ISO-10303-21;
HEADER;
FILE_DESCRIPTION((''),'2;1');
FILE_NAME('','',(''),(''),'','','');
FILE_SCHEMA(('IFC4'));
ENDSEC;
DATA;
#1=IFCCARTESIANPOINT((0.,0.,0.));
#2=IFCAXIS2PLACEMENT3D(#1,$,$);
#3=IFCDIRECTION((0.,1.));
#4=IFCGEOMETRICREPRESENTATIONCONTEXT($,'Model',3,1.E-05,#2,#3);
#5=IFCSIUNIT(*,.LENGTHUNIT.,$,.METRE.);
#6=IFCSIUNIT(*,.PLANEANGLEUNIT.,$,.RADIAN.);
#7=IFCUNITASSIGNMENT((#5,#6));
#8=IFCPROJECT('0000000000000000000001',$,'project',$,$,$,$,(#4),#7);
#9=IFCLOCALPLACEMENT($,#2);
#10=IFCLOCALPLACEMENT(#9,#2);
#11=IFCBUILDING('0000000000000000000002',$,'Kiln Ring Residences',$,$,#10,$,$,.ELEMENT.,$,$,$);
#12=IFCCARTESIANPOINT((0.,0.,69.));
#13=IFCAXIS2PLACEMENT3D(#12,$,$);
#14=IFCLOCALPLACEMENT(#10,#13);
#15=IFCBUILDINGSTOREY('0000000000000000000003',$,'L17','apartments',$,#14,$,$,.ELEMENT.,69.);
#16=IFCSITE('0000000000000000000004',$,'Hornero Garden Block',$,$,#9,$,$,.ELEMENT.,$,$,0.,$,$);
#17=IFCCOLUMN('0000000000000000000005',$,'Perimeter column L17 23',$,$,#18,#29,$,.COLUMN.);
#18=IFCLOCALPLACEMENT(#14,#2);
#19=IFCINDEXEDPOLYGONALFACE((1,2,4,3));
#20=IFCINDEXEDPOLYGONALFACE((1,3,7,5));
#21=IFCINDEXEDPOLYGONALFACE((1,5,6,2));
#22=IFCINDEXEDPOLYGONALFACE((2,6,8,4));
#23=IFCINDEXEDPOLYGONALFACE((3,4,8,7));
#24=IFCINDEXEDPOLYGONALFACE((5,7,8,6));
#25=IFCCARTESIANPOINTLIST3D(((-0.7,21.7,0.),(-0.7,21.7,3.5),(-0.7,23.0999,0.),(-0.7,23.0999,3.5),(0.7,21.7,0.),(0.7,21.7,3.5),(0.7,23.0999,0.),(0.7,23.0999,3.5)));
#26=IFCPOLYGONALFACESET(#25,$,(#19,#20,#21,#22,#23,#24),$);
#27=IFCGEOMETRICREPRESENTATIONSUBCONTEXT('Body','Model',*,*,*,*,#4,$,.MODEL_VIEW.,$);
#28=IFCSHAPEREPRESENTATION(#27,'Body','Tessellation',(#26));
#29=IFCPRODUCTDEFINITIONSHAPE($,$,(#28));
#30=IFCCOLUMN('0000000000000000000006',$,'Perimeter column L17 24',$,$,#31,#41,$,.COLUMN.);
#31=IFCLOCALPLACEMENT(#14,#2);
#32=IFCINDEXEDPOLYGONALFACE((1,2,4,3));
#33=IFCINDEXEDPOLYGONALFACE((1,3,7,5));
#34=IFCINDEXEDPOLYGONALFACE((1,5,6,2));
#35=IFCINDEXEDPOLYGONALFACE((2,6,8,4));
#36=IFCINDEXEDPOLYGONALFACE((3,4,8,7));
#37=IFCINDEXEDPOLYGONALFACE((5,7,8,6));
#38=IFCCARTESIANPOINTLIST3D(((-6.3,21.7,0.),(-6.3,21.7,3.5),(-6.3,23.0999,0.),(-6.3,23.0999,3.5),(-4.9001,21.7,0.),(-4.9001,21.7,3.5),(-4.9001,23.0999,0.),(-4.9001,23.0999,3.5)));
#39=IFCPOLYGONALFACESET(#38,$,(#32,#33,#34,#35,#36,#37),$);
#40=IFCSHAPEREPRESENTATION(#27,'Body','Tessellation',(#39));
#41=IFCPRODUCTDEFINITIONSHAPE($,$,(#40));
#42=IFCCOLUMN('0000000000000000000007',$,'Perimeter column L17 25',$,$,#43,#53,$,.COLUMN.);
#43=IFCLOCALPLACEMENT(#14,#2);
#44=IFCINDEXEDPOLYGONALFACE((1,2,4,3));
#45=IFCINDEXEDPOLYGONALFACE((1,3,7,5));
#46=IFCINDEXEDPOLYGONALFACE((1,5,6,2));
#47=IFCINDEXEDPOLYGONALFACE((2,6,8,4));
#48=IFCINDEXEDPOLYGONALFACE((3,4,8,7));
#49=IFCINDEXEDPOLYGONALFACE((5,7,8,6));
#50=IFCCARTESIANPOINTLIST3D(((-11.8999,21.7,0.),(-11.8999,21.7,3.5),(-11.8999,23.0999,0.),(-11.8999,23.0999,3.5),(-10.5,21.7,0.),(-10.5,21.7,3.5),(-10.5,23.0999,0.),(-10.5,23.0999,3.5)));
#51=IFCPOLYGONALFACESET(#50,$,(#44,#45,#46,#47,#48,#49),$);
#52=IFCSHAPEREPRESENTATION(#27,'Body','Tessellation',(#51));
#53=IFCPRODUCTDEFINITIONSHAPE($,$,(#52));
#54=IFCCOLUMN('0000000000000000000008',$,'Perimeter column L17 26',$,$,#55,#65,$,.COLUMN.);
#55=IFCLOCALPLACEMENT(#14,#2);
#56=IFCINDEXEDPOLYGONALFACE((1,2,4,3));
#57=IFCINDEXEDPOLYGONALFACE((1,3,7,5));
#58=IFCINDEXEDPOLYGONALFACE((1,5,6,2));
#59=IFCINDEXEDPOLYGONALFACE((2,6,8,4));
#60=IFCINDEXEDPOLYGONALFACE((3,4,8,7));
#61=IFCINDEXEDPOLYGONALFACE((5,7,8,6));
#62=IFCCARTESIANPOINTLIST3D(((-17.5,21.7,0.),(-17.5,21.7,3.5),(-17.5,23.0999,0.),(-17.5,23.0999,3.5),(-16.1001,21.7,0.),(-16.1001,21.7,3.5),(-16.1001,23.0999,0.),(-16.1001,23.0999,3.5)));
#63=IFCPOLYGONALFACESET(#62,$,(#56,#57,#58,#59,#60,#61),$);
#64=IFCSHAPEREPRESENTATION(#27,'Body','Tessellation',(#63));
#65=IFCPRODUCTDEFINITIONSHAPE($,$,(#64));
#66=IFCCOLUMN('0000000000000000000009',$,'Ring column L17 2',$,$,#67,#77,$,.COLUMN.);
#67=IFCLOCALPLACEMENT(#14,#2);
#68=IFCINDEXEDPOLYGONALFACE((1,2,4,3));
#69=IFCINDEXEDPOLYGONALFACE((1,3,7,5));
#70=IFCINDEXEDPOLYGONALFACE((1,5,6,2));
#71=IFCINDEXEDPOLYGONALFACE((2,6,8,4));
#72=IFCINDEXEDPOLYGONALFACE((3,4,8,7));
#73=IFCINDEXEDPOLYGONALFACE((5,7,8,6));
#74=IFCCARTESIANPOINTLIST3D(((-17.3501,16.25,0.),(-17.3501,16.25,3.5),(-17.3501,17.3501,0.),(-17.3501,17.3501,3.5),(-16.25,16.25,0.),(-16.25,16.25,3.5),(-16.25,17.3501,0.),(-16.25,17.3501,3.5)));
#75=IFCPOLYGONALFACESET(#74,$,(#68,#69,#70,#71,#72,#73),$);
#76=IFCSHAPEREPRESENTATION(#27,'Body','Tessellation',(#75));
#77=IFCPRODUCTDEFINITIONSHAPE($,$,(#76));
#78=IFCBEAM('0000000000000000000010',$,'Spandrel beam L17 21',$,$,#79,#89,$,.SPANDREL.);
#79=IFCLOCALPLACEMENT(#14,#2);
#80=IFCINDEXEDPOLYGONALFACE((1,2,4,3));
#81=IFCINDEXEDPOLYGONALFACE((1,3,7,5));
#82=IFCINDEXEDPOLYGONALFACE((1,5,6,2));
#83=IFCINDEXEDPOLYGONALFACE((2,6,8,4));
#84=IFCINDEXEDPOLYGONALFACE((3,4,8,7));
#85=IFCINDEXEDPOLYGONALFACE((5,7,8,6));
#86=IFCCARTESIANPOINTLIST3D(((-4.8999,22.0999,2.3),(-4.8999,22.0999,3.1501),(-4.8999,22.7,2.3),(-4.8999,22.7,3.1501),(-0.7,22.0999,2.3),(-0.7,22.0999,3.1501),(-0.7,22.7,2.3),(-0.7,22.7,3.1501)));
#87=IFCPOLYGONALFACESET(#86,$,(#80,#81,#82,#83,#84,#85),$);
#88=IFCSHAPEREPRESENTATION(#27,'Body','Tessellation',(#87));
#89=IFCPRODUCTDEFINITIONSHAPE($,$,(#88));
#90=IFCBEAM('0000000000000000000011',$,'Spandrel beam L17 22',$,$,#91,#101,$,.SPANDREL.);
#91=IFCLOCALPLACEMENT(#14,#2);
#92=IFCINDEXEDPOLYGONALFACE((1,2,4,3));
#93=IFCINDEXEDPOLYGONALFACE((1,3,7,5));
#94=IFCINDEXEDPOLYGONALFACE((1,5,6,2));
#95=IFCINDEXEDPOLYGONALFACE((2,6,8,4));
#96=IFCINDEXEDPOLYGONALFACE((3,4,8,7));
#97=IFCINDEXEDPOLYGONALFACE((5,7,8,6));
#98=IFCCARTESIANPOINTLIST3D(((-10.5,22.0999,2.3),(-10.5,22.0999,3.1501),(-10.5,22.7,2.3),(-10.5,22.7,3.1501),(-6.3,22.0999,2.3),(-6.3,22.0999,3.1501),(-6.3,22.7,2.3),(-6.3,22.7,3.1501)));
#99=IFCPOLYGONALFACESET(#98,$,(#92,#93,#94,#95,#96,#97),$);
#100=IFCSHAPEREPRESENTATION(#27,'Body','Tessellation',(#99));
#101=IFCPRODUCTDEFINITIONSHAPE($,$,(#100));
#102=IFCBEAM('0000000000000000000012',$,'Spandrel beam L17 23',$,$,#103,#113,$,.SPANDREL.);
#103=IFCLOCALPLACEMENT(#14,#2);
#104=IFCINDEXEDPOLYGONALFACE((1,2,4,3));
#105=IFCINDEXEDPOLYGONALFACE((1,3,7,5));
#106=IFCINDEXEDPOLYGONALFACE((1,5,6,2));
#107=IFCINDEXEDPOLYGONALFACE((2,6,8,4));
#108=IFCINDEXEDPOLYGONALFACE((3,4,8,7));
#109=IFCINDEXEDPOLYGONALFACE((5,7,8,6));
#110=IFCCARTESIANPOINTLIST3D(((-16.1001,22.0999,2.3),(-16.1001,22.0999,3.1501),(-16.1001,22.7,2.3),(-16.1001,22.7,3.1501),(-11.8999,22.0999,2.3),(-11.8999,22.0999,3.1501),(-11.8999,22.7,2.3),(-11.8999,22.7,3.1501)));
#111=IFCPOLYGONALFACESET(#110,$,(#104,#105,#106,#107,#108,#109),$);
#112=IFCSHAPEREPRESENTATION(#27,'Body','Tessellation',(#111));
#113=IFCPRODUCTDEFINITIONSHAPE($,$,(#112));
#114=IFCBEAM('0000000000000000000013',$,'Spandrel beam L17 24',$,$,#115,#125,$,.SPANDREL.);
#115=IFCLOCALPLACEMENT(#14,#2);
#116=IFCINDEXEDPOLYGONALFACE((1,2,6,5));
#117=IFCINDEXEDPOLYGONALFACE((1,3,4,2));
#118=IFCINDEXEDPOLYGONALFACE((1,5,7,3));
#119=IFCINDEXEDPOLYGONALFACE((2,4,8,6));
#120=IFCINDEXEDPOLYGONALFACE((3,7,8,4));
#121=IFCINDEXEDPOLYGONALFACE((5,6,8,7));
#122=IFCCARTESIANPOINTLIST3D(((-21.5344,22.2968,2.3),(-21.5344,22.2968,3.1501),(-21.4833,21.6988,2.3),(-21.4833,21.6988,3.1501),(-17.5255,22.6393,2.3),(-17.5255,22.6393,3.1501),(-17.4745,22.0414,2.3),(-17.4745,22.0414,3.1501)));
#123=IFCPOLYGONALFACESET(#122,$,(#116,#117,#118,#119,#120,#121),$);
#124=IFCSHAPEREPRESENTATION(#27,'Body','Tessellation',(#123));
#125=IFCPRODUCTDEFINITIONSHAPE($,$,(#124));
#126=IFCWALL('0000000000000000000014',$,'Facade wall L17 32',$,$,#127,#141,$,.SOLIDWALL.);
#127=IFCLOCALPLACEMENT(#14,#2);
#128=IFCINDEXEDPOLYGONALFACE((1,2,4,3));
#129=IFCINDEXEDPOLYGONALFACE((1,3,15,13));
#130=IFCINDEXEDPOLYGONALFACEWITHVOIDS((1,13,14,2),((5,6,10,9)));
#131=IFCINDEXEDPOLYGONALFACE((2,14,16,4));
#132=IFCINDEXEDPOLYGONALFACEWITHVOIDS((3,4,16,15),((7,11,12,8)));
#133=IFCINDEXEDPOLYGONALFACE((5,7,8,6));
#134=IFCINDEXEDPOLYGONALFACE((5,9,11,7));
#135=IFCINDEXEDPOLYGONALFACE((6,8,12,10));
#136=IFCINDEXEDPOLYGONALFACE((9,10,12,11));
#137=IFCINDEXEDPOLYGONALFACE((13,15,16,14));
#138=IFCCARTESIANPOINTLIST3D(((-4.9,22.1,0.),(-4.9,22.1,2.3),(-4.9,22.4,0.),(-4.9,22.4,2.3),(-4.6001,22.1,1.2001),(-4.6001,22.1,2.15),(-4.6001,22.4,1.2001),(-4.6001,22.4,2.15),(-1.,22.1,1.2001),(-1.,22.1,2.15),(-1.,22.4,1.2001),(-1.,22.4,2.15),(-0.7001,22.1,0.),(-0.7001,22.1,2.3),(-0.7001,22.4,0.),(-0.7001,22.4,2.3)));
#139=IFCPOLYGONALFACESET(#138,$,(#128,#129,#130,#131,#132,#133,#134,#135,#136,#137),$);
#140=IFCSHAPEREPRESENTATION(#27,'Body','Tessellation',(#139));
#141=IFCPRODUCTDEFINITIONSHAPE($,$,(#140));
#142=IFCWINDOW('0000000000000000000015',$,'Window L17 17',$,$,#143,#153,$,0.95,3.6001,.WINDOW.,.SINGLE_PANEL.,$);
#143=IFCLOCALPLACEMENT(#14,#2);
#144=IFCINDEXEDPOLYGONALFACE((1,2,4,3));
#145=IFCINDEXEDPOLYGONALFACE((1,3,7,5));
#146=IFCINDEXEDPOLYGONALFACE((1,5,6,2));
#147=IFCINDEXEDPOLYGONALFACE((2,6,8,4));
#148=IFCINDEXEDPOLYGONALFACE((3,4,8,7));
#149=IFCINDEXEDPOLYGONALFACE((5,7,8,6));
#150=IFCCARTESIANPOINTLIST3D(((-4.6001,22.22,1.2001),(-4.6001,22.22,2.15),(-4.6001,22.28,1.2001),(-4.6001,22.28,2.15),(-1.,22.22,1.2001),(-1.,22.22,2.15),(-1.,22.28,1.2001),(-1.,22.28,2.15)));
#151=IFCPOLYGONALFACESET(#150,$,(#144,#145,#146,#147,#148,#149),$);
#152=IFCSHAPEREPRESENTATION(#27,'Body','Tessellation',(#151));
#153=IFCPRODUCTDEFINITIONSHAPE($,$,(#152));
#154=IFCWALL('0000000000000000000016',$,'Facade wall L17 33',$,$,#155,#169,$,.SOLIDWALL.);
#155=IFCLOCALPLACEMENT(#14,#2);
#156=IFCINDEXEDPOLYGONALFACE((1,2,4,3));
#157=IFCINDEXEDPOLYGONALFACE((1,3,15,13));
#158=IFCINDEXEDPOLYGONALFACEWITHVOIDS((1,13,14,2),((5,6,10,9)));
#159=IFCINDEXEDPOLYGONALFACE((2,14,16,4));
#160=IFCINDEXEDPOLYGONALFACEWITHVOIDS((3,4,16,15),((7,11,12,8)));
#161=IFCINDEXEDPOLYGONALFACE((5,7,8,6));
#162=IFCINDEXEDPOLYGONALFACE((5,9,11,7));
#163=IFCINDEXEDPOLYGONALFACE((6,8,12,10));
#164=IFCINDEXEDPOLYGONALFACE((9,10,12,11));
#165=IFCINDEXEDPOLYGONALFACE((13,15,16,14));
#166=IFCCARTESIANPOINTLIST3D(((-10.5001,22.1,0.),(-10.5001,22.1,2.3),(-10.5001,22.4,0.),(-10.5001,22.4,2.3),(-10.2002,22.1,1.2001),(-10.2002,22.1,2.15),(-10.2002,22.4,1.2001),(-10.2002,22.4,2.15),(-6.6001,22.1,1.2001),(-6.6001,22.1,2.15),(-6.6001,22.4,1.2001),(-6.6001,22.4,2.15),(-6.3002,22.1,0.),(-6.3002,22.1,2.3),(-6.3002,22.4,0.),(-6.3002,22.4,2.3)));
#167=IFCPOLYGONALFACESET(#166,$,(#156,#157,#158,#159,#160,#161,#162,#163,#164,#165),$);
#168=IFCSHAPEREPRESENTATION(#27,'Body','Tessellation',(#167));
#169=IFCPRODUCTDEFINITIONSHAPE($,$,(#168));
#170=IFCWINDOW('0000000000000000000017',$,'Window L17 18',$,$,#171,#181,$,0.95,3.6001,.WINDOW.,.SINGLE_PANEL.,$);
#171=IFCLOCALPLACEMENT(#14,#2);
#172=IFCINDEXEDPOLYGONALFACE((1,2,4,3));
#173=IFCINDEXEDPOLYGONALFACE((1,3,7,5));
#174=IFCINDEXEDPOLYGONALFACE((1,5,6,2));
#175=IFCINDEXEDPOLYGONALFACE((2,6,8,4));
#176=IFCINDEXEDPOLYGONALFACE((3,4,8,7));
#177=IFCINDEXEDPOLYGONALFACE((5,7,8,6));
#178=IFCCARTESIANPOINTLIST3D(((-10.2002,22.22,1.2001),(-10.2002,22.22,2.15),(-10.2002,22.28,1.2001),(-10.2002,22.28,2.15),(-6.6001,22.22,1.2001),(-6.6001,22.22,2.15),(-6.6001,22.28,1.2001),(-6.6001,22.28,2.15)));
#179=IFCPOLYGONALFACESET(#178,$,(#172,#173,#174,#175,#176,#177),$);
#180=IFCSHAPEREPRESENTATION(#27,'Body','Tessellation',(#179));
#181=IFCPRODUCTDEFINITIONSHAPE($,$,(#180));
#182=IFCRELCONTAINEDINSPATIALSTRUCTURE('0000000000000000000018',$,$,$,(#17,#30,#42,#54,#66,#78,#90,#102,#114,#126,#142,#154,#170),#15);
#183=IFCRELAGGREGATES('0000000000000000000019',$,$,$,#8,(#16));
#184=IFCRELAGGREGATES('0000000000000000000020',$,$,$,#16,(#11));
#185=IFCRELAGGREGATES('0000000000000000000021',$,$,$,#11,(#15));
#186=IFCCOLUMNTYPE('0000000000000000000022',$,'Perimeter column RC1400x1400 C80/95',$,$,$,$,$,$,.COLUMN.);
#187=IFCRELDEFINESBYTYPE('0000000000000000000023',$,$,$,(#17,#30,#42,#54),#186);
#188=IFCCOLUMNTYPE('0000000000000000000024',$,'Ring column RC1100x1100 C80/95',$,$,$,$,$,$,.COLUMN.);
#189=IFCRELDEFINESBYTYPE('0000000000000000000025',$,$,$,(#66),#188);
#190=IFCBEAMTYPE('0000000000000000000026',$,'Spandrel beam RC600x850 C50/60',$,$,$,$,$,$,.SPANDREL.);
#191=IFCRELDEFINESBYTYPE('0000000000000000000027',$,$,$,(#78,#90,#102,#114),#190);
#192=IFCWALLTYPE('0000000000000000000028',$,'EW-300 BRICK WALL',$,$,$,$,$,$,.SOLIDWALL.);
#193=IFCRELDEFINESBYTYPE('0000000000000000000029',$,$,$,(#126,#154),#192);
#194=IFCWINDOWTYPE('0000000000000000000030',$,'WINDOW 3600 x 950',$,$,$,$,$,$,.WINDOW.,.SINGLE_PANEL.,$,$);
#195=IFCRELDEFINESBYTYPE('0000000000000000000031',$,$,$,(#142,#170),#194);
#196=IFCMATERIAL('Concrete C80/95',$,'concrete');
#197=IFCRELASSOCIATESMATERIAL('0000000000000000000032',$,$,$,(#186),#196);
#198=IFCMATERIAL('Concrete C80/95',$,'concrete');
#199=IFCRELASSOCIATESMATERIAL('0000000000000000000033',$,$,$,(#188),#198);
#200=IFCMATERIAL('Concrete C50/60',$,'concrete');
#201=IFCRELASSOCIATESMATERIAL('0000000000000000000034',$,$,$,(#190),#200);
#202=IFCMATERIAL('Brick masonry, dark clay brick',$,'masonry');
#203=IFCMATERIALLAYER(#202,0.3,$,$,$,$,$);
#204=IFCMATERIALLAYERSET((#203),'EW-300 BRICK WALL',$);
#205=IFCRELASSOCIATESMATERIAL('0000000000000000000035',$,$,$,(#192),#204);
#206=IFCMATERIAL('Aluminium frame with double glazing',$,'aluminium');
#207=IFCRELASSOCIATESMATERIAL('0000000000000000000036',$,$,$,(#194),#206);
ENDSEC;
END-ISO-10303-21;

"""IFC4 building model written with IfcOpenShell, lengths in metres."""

from ifc_helpers import new_model, si_unit, direction, frame, frame_2d, origin, origin_2d, place, context, subcontext, project, spatial, rectangle, extrude, material, layer, layer_set, material_profile, profile_set, type_object, element, fill, save


model = new_model("IFC4")

# Units and contexts
model_context = context("Model", 3, precision=1e-05, world=origin(), true_north=direction((0.0, 1.0)))
body_context = subcontext(model_context, "Body", "Model", "MODEL_VIEW")
ifc_project = project(units=[si_unit("LENGTHUNIT", "METRE"), si_unit("PLANEANGLEUNIT", "RADIAN")], contexts=[model_context])

# Site, building, storey
site_placement = place(None, origin())
site = spatial("IfcSite", under=ifc_project, at=site_placement, Name="Hornero Garden Block", CompositionType="ELEMENT", RefElevation=0.0)
building_placement = place(site_placement, origin())
building = spatial("IfcBuilding", under=site, at=building_placement, Name="Kiln Ring Residences", CompositionType="ELEMENT")
storey_placement = place(building_placement, frame((0.0, 0.0, 69.0)))
storey = spatial("IfcBuildingStorey", under=building, at=storey_placement, Name="L17", Description="apartments", CompositionType="ELEMENT", Elevation=69.0)

# Columns
ifc_material_1 = material(Name="Concrete C80/95", Category="concrete")
ifc_material_profile_1 = material_profile(ifc_material_1, rectangle(XDim=1.3999, YDim=1.3999, at=origin_2d()), Name="RC1400x1400")
ifc_profile_set_1 = profile_set([ifc_material_profile_1], Name="Concrete C80/95")
column_type_1 = type_object("IfcColumnType", Name="Perimeter column RC1400x1400 C80/95", PredefinedType="COLUMN", material=ifc_profile_set_1)
for number, where, z_axis, x_axis, name in (
    (1, (0.0, 22.3999, 0.0), (0.0, 0.0, 1.0), (1.0, 0.0, 0.0), "Perimeter column L17 23"),
    (2, (-5.6001, 22.3999, 0.0), (0.0, 0.0, 1.0), (1.0, 0.0, 0.0), "Perimeter column L17 24"),
    (3, (-11.2, 22.3999, 0.0), (0.0, 0.0, 1.0), (1.0, 0.0, 0.0), "Perimeter column L17 25"),
    (4, (-16.8, 22.3999, 0.0), (0.0, 0.0, 1.0), (1.0, 0.0, 0.0), "Perimeter column L17 26"),
):
    element("IfcColumn", number, at=place(storey_placement, frame(where, z_axis=z_axis, x_axis=x_axis)), inside=storey, type_object=column_type_1, Name=name, PredefinedType="COLUMN", context=body_context, shape_type="SweptSolid", body=[
        extrude(rectangle(XDim=1.3999, YDim=1.3999, at=origin_2d()), origin(), (0.0, 0.0, 1.0), 3.5),
    ])
ifc_material_2 = material(Name="Concrete C80/95", Category="concrete")
ifc_material_profile_2 = material_profile(ifc_material_2, rectangle(XDim=1.1001, YDim=1.1001, at=origin_2d()), Name="RC1100x1100")
ifc_profile_set_2 = profile_set([ifc_material_profile_2], Name="Concrete C80/95")
column_type_2 = type_object("IfcColumnType", Name="Ring column RC1100x1100 C80/95", PredefinedType="COLUMN", material=ifc_profile_set_2)
column_placement = place(storey_placement, frame((-16.8, 16.8, 0.0), z_axis=(0.0, 0.0, 1.0), x_axis=(1.0, 0.0, 0.0)))
element("IfcColumn", 5, at=column_placement, inside=storey, type_object=column_type_2, Name="Ring column L17 2", PredefinedType="COLUMN", context=body_context, shape_type="SweptSolid", body=[
    extrude(rectangle(XDim=1.1001, YDim=1.1001, at=origin_2d()), origin(), (0.0, 0.0, 1.0), 3.5),
])

# Beams
ifc_material_3 = material(Name="Concrete C50/60", Category="concrete")
ifc_material_profile_3 = material_profile(ifc_material_3, rectangle(XDim=0.6001, YDim=0.8501, at=origin_2d()), Name="RC600x850")
ifc_profile_set_3 = profile_set([ifc_material_profile_3], Name="Concrete C50/60")
beam_type = type_object("IfcBeamType", Name="Spandrel beam RC600x850 C50/60", PredefinedType="SPANDREL", material=ifc_profile_set_3)
for number, where, z_axis, x_axis, name in (
    (6, (-0.7, 22.3999, 2.7251), (-1.0, 0.0, 0.0), (0.0, -1.0, 0.0), "Spandrel beam L17 21"),
    (7, (-6.3, 22.3999, 2.7251), (-1.0, 0.0, 0.0), (0.0, -1.0, 0.0), "Spandrel beam L17 22"),
):
    element("IfcBeam", number, at=place(storey_placement, frame(where, z_axis=z_axis, x_axis=x_axis)), inside=storey, type_object=beam_type, Name=name, PredefinedType="SPANDREL", context=body_context, shape_type="SweptSolid", body=[
        extrude(rectangle(XDim=0.6001, YDim=0.8501, at=origin_2d()), origin(), (0.0, 0.0, 1.0), 4.2),
    ])
beam_1_placement = place(storey_placement, frame((-11.8999, 22.3999, 2.7251), z_axis=(-1.0, 0.0, 0.0), x_axis=(0.0, -1.0, 0.0)))
element("IfcBeam", 8, at=beam_1_placement, inside=storey, type_object=beam_type, Name="Spandrel beam L17 23", PredefinedType="SPANDREL", context=body_context, shape_type="SweptSolid", body=[
    extrude(rectangle(XDim=0.6001, YDim=0.8501, at=origin_2d()), origin(), (0.0, 0.0, 1.0), 4.2002),
])
beam_2_placement = place(storey_placement, frame((-17.5, 22.3403, 2.7251), z_axis=(-0.996369, -0.085134, 0.0), x_axis=(0.085134, -0.996369, 0.0)))
element("IfcBeam", 9, at=beam_2_placement, inside=storey, type_object=beam_type, Name="Spandrel beam L17 24", PredefinedType="SPANDREL", context=body_context, shape_type="SweptSolid", body=[
    extrude(rectangle(XDim=0.6001, YDim=0.8501, at=origin_2d()), origin(), (0.0, 0.0, 1.0), 4.0234),
])

# Walls, openings, windows
ifc_material_4 = material(Name="Brick masonry, dark clay brick", Category="masonry")
ifc_layer_1 = layer(ifc_material_4, 0.3)
ifc_layer_set_1 = layer_set([ifc_layer_1], Name="EW-300 BRICK WALL")
wall_type_1 = type_object("IfcWallType", Name="EW-300 BRICK WALL", PredefinedType="SOLIDWALL", material=ifc_layer_set_1)
wall_1_placement = place(storey_placement, frame((-0.7, 22.25, 0.0), z_axis=(0.0, 0.0, 1.0), x_axis=(-1.0, 0.0, 0.0)))
wall_1 = element("IfcWall", 10, at=wall_1_placement, inside=storey, type_object=wall_type_1, Name="Facade wall L17 32", PredefinedType="SOLIDWALL", context=body_context, shape_type="SweptSolid", body=[
    extrude(rectangle(XDim=4.2, YDim=0.3, at=frame_2d((2.1001, 0.0))), origin(), (0.0, 0.0, 1.0), 2.3),
])
opening_1_placement = place(wall_1_placement, frame((0.3, 0.0, 1.2)))
opening_1 = element("IfcOpeningElement", 11, at=opening_1_placement, cuts=wall_1, PredefinedType="OPENING", context=body_context, shape_type="SweptSolid", body=[
    extrude(rectangle(XDim=3.6001, YDim=0.95, at=frame_2d((1.8, 0.4751))), frame((0.0, 0.1599, 0.0), z_axis=(0.0, -1.0, 0.0), x_axis=(1.0, 0.0, 0.0)), (0.0, 0.0, 1.0), 0.3201),
])
ifc_material_5 = material(Name="Aluminium frame with double glazing", Category="aluminium")
window_type_1 = type_object("IfcWindowType", Name="WINDOW 3600 x 950", PartitioningType="SINGLE_PANEL", PredefinedType="WINDOW", material=ifc_material_5)
window_1_placement = place(opening_1_placement, origin())
window_1 = element("IfcWindow", 12, at=window_1_placement, inside=storey, type_object=window_type_1, Name="Window L17 17", OverallHeight=0.95, OverallWidth=3.6001, PartitioningType="SINGLE_PANEL", PredefinedType="WINDOW", context=body_context, shape_type="SweptSolid", body=[
    extrude(rectangle(XDim=3.6001, YDim=0.95, at=frame_2d((1.8, 0.4751))), frame((0.0, 0.03, 0.0), z_axis=(0.0, -1.0, 0.0), x_axis=(1.0, 0.0, 0.0)), (0.0, 0.0, 1.0), 0.0601),
])
fill(opening_1, window_1)
wall_2_placement = place(storey_placement, frame((-6.3, 22.25, 0.0), z_axis=(0.0, 0.0, 1.0), x_axis=(-1.0, 0.0, 0.0)))
wall_2 = element("IfcWall", 13, at=wall_2_placement, inside=storey, type_object=wall_type_1, Name="Facade wall L17 33", PredefinedType="SOLIDWALL", context=body_context, shape_type="SweptSolid", body=[
    extrude(rectangle(XDim=4.2, YDim=0.3, at=frame_2d((2.1001, 0.0))), origin(), (0.0, 0.0, 1.0), 2.3),
])
opening_2_placement = place(wall_2_placement, frame((0.3, 0.0, 1.2)))
opening_2 = element("IfcOpeningElement", 14, at=opening_2_placement, cuts=wall_2, PredefinedType="OPENING", context=body_context, shape_type="SweptSolid", body=[
    extrude(rectangle(XDim=3.6001, YDim=0.95, at=frame_2d((1.8, 0.4751))), frame((0.0, 0.1599, 0.0), z_axis=(0.0, -1.0, 0.0), x_axis=(1.0, 0.0, 0.0)), (0.0, 0.0, 1.0), 0.3201),
])
window_2_placement = place(opening_2_placement, origin())
window_2 = element("IfcWindow", 15, at=window_2_placement, inside=storey, type_object=window_type_1, Name="Window L17 18", OverallHeight=0.95, OverallWidth=3.6001, PartitioningType="SINGLE_PANEL", PredefinedType="WINDOW", context=body_context, shape_type="SweptSolid", body=[
    extrude(rectangle(XDim=3.6001, YDim=0.95, at=frame_2d((1.8, 0.4751))), frame((0.0, 0.03, 0.0), z_axis=(0.0, -1.0, 0.0), x_axis=(1.0, 0.0, 0.0)), (0.0, 0.0, 1.0), 0.0601),
])
fill(opening_2, window_2)

save(model, "model.ifc")
